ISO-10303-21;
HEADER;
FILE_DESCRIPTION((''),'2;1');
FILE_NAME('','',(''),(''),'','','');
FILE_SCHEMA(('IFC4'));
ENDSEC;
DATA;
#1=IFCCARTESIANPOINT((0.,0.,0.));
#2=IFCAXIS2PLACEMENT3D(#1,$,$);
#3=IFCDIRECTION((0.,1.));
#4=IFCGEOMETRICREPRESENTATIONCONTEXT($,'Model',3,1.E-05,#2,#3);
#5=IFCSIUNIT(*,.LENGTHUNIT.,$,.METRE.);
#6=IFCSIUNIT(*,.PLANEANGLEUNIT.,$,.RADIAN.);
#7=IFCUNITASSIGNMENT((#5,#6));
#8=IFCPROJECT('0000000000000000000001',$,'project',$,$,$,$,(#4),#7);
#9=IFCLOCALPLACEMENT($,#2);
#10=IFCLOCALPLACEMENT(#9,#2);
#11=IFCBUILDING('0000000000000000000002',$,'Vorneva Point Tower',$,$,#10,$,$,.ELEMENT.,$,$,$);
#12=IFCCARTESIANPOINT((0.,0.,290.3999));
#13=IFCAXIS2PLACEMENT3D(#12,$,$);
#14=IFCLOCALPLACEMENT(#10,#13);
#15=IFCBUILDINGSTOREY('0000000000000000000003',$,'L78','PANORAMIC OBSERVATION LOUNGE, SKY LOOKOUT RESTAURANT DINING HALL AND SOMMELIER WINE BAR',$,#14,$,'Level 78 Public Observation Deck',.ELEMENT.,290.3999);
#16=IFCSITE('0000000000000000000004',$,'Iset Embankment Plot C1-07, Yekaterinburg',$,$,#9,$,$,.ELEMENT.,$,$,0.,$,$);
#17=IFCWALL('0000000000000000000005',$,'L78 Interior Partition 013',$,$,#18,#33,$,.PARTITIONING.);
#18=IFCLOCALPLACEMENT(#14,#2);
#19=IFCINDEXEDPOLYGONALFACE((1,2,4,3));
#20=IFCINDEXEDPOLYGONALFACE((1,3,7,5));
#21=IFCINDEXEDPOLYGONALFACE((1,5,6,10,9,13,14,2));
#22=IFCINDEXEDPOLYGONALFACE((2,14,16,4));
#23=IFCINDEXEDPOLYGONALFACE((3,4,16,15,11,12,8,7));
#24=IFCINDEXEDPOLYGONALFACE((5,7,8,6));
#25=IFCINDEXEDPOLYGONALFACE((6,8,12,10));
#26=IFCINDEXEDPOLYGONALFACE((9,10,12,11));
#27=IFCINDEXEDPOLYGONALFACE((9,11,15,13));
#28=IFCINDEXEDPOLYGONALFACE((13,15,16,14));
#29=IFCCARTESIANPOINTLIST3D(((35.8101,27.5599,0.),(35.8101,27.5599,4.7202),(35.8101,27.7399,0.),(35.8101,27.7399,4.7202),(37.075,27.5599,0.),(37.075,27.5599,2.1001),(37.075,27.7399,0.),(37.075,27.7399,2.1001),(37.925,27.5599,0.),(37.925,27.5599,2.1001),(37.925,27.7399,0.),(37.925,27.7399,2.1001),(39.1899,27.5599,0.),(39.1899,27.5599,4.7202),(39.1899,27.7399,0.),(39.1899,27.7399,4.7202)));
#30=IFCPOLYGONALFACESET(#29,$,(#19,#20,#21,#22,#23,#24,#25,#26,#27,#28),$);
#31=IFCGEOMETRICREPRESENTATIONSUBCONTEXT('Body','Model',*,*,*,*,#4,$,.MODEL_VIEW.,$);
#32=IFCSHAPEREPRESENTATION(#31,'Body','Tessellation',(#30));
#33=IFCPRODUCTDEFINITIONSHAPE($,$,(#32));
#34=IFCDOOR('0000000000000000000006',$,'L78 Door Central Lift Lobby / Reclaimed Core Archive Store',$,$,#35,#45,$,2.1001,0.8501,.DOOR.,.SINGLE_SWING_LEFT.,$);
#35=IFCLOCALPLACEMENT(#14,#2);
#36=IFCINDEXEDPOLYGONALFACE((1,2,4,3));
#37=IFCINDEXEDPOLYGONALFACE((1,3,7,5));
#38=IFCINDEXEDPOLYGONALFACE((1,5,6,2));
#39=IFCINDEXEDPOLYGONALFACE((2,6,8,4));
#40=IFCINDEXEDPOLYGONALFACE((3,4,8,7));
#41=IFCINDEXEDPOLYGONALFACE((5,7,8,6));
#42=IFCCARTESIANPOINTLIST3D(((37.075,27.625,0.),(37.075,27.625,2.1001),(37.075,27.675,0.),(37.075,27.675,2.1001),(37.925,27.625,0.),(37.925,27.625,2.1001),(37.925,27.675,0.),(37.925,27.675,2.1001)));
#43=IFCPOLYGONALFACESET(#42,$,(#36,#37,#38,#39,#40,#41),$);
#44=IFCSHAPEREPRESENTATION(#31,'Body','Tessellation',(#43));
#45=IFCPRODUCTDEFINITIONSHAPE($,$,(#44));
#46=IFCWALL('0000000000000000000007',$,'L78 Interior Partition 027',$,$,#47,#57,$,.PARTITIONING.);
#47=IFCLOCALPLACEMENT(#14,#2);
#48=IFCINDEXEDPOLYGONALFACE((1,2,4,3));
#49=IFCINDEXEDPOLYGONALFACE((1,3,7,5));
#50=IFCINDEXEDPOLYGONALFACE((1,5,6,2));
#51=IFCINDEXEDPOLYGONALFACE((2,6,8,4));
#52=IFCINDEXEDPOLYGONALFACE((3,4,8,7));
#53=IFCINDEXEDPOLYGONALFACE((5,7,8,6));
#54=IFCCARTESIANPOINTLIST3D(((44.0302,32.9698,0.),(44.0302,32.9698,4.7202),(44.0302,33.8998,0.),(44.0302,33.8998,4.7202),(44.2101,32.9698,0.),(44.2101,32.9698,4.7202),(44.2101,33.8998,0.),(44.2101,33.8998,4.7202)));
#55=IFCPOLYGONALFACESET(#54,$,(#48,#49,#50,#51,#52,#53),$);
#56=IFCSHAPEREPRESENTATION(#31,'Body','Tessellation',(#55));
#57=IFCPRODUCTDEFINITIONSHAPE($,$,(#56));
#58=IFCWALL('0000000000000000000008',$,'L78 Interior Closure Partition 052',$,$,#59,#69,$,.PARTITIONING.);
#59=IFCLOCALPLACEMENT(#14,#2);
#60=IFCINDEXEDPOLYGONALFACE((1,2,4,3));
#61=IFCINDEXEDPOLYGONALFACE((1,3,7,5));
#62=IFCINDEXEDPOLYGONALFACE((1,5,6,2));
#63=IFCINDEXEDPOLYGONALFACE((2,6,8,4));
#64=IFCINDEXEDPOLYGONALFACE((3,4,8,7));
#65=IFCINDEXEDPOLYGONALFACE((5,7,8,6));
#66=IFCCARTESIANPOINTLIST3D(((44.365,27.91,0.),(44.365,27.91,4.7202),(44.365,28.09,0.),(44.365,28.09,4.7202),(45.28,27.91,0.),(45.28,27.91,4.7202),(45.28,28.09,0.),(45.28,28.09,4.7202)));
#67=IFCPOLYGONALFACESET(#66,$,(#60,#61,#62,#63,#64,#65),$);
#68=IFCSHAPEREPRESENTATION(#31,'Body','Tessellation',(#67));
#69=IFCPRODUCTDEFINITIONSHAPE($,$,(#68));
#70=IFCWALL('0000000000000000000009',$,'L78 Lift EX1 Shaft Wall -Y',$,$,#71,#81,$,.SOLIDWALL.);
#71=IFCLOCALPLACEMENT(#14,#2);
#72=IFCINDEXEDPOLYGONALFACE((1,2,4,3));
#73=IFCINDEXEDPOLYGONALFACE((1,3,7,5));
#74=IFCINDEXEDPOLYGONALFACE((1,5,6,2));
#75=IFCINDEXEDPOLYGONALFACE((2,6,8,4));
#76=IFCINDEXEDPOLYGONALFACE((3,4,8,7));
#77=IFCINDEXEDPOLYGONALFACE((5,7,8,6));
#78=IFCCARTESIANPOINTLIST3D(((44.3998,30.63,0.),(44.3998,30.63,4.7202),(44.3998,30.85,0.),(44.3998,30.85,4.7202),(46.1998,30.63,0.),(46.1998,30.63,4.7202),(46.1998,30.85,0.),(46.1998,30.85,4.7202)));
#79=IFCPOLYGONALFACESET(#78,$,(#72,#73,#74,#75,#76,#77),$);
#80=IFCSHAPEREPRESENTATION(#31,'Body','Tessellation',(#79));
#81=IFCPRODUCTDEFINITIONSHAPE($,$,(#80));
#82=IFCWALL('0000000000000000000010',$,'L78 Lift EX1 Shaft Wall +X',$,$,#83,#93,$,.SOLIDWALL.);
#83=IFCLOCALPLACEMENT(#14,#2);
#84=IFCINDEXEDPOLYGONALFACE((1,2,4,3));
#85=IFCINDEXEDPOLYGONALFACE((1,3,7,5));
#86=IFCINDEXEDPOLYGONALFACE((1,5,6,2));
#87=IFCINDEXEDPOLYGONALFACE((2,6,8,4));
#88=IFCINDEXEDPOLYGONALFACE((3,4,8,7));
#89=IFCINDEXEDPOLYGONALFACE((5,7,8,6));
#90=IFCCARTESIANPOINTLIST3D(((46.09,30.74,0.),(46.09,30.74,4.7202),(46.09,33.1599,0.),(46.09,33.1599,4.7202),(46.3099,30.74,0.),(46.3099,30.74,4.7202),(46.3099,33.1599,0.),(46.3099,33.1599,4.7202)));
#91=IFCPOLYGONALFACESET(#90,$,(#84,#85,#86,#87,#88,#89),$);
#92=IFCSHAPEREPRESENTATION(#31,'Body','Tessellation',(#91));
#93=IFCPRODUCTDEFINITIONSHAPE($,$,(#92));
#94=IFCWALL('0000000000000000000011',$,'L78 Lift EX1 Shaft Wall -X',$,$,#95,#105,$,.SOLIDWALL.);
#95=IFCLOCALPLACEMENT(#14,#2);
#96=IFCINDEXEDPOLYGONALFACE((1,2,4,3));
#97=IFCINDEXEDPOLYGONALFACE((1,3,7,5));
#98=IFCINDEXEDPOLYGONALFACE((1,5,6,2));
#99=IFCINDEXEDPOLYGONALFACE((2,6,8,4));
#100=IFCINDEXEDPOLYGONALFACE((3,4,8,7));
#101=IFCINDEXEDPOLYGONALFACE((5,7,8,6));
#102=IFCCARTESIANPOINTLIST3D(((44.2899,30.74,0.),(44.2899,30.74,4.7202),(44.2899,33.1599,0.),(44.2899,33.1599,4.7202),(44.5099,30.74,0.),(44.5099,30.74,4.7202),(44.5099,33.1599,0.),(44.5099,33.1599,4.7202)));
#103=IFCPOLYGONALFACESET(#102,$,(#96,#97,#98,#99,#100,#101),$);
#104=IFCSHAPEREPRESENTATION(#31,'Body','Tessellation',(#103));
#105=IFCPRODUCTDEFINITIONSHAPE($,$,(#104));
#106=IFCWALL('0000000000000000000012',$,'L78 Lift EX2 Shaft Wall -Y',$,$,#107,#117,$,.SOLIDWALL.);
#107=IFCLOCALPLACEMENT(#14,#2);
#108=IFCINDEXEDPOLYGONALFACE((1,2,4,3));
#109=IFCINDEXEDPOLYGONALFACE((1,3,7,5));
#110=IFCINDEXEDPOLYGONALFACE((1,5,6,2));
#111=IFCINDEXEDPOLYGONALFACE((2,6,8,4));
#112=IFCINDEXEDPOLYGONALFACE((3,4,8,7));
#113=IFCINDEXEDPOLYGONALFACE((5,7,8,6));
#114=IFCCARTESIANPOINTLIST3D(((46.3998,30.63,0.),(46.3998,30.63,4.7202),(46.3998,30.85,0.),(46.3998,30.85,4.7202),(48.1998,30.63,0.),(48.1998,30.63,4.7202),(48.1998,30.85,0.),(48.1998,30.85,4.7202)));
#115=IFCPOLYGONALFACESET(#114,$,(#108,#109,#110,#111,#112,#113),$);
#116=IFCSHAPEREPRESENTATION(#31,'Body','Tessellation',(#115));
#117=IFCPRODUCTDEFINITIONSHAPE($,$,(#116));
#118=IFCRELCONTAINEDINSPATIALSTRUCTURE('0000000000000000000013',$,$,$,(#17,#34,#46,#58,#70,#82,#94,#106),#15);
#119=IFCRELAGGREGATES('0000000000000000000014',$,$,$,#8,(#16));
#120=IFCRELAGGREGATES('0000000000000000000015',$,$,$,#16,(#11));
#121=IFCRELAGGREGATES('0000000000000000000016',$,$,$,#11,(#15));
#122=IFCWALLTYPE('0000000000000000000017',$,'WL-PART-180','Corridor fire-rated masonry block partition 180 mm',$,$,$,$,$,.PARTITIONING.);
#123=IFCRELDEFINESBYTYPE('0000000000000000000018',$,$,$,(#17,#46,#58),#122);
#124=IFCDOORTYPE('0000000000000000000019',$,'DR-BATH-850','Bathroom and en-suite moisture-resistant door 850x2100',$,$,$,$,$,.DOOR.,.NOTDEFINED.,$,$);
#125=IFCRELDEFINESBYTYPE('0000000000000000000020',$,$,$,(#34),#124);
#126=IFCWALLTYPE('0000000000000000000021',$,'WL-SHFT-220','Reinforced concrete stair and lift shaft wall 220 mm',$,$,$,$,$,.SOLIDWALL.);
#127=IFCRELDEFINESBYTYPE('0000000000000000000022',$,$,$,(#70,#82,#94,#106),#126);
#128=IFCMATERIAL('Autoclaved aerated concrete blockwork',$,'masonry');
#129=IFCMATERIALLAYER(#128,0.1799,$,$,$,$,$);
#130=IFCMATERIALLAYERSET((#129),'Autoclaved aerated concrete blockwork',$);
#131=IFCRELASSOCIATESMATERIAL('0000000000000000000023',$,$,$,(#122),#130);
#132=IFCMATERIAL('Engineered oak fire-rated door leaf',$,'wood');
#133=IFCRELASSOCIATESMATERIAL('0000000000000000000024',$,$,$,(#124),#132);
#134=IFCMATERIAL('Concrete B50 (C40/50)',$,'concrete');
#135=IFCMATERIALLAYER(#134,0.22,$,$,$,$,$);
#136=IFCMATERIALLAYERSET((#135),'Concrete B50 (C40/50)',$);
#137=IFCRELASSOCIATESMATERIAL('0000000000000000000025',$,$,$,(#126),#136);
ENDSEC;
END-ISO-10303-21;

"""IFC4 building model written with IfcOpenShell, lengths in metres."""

from ifc_helpers import new_model, si_unit, direction, frame, frame_2d, origin, place, context, subcontext, project, spatial, rectangle, extrude, material, layer, layer_set, type_object, element, fill, save


model = new_model("IFC4")

# Units and contexts
model_context = context("Model", 3, precision=1e-05, world=origin(), true_north=direction((0.0, 1.0)))
body_context = subcontext(model_context, "Body", "Model", "MODEL_VIEW")
ifc_project = project(units=[si_unit("LENGTHUNIT", "METRE"), si_unit("PLANEANGLEUNIT", "RADIAN")], contexts=[model_context])

# Site, building, storey
site_placement = place(None, origin())
site = spatial("IfcSite", under=ifc_project, at=site_placement, Name="Iset Embankment Plot C1-07, Yekaterinburg", CompositionType="ELEMENT", RefElevation=0.0)
building_placement = place(site_placement, origin())
building = spatial("IfcBuilding", under=site, at=building_placement, Name="Vorneva Point Tower", CompositionType="ELEMENT")
storey_placement = place(building_placement, frame((0.0, 0.0, 290.3999)))
storey = spatial("IfcBuildingStorey", under=building, at=storey_placement, Name="L78", Description="PANORAMIC OBSERVATION LOUNGE, SKY LOOKOUT RESTAURANT DINING HALL AND SOMMELIER WINE BAR", LongName="Level 78 Public Observation Deck", CompositionType="ELEMENT", Elevation=290.3999)

# Shared definitions
ifc_material_1 = material(Name="Concrete B50 (C40/50)", Category="concrete")

# Wall, opening, door
ifc_material_2 = material(Name="Autoclaved aerated concrete blockwork", Category="masonry")
ifc_layer_1 = layer(ifc_material_2, 0.1799)
ifc_layer_set_1 = layer_set([ifc_layer_1], Name="Autoclaved aerated concrete blockwork")
wall_type_1 = type_object("IfcWallType", Name="WL-PART-180", Description="Corridor fire-rated masonry block partition 180 mm", PredefinedType="PARTITIONING", material=ifc_layer_set_1)
wall_1_placement = place(storey_placement, frame((39.1899, 27.6499, 0.0), z_axis=(0.0, 0.0, 1.0), x_axis=(-1.0, 0.0, 0.0)))
wall_1 = element("IfcWall", 1, at=wall_1_placement, inside=storey, type_object=wall_type_1, Name="L78 Interior Partition 013", PredefinedType="PARTITIONING", context=body_context, shape_type="SweptSolid", body=[
    extrude(rectangle(XDim=3.3799, YDim=0.1799, at=frame_2d((1.6899, 0.0))), origin(), (0.0, 0.0, 1.0), 4.7202),
])
opening_1_placement = place(wall_1_placement, frame((1.2649, 0.0, 0.0)))
opening_1 = element("IfcOpeningElement", 2, at=opening_1_placement, cuts=wall_1, PredefinedType="OPENING", context=body_context, shape_type="SweptSolid", body=[
    extrude(rectangle(XDim=0.8501, YDim=2.1001, at=frame_2d((0.425, 1.05))), frame((0.0, 0.105, 0.0), z_axis=(0.0, -1.0, 0.0), x_axis=(1.0, 0.0, 0.0)), (0.0, 0.0, 1.0), 0.2097),
])
ifc_material_3 = material(Name="Engineered oak fire-rated door leaf", Category="wood")
door_type_1 = type_object("IfcDoorType", Name="DR-BATH-850", Description="Bathroom and en-suite moisture-resistant door 850x2100", OperationType="NOTDEFINED", PredefinedType="DOOR", material=ifc_material_3)
door_1_placement = place(opening_1_placement, origin())
door_1 = element("IfcDoor", 3, at=door_1_placement, inside=storey, type_object=door_type_1, Name="L78 Door Central Lift Lobby / Reclaimed Core Archive Store", OperationType="SINGLE_SWING_LEFT", OverallHeight=2.1001, OverallWidth=0.8501, PredefinedType="DOOR", context=body_context, shape_type="SweptSolid", body=[
    extrude(rectangle(XDim=0.8501, YDim=2.1001, at=frame_2d((0.425, 1.05))), frame((0.0, 0.0249, 0.0), z_axis=(0.0, -1.0, 0.0), x_axis=(1.0, 0.0, 0.0)), (0.0, 0.0, 1.0), 0.05),
])
fill(opening_1, door_1)

# Walls
wall_2_placement = place(storey_placement, frame((44.1201, 32.97, 0.0), z_axis=(0.0, 0.0, 1.0), x_axis=(0.0, 1.0, 0.0)))
element("IfcWall", 4, at=wall_2_placement, inside=storey, type_object=wall_type_1, Name="L78 Interior Partition 027", PredefinedType="PARTITIONING", context=body_context, shape_type="SweptSolid", body=[
    extrude(rectangle(XDim=0.9299, YDim=0.1799, at=frame_2d((0.4648, 0.0))), origin(), (0.0, 0.0, 1.0), 4.7202),
])
wall_3_placement = place(storey_placement, frame((45.28, 28.0, 0.0), z_axis=(0.0, 0.0, 1.0), x_axis=(-1.0, 0.0, 0.0)))
element("IfcWall", 5, at=wall_3_placement, inside=storey, type_object=wall_type_1, Name="L78 Interior Closure Partition 052", PredefinedType="PARTITIONING", context=body_context, shape_type="SweptSolid", body=[
    extrude(rectangle(XDim=0.915, YDim=0.1799, at=frame_2d((0.4575, 0.0))), origin(), (0.0, 0.0, 1.0), 4.7202),
])
ifc_layer_2 = layer(ifc_material_1, 0.22)
ifc_layer_set_2 = layer_set([ifc_layer_2], Name="Concrete B50 (C40/50)")
wall_type_2 = type_object("IfcWallType", Name="WL-SHFT-220", Description="Reinforced concrete stair and lift shaft wall 220 mm", PredefinedType="SOLIDWALL", material=ifc_layer_set_2)
wall_4_placement = place(storey_placement, frame((44.3999, 30.74, 0.0), z_axis=(0.0, 0.0, 1.0), x_axis=(1.0, 0.0, 0.0)))
element("IfcWall", 6, at=wall_4_placement, inside=storey, type_object=wall_type_2, Name="L78 Lift EX1 Shaft Wall -Y", PredefinedType="SOLIDWALL", context=body_context, shape_type="SweptSolid", body=[
    extrude(rectangle(XDim=1.8, YDim=0.22, at=frame_2d((0.8999, 0.0))), origin(), (0.0, 0.0, 1.0), 4.7202),
])
for number, where, z_axis, x_axis, name in (
    (7, (46.2, 30.74, 0.0), (0.0, 0.0, 1.0), (0.0, 1.0, 0.0), "L78 Lift EX1 Shaft Wall +X"),
    (8, (44.3999, 33.1599, 0.0), (0.0, 0.0, 1.0), (0.0, -1.0, 0.0), "L78 Lift EX1 Shaft Wall -X"),
):
    element("IfcWall", number, at=place(storey_placement, frame(where, z_axis=z_axis, x_axis=x_axis)), inside=storey, type_object=wall_type_2, Name=name, PredefinedType="SOLIDWALL", context=body_context, shape_type="SweptSolid", body=[
        extrude(rectangle(XDim=2.4199, YDim=0.22, at=frame_2d((1.21, 0.0))), origin(), (0.0, 0.0, 1.0), 4.7202),
    ])
wall_5_placement = place(storey_placement, frame((46.3999, 30.74, 0.0), z_axis=(0.0, 0.0, 1.0), x_axis=(1.0, 0.0, 0.0)))
element("IfcWall", 9, at=wall_5_placement, inside=storey, type_object=wall_type_2, Name="L78 Lift EX2 Shaft Wall -Y", PredefinedType="SOLIDWALL", context=body_context, shape_type="SweptSolid", body=[
    extrude(rectangle(XDim=1.8, YDim=0.22, at=frame_2d((0.8999, 0.0))), origin(), (0.0, 0.0, 1.0), 4.7202),
])

save(model, "model.ifc")
